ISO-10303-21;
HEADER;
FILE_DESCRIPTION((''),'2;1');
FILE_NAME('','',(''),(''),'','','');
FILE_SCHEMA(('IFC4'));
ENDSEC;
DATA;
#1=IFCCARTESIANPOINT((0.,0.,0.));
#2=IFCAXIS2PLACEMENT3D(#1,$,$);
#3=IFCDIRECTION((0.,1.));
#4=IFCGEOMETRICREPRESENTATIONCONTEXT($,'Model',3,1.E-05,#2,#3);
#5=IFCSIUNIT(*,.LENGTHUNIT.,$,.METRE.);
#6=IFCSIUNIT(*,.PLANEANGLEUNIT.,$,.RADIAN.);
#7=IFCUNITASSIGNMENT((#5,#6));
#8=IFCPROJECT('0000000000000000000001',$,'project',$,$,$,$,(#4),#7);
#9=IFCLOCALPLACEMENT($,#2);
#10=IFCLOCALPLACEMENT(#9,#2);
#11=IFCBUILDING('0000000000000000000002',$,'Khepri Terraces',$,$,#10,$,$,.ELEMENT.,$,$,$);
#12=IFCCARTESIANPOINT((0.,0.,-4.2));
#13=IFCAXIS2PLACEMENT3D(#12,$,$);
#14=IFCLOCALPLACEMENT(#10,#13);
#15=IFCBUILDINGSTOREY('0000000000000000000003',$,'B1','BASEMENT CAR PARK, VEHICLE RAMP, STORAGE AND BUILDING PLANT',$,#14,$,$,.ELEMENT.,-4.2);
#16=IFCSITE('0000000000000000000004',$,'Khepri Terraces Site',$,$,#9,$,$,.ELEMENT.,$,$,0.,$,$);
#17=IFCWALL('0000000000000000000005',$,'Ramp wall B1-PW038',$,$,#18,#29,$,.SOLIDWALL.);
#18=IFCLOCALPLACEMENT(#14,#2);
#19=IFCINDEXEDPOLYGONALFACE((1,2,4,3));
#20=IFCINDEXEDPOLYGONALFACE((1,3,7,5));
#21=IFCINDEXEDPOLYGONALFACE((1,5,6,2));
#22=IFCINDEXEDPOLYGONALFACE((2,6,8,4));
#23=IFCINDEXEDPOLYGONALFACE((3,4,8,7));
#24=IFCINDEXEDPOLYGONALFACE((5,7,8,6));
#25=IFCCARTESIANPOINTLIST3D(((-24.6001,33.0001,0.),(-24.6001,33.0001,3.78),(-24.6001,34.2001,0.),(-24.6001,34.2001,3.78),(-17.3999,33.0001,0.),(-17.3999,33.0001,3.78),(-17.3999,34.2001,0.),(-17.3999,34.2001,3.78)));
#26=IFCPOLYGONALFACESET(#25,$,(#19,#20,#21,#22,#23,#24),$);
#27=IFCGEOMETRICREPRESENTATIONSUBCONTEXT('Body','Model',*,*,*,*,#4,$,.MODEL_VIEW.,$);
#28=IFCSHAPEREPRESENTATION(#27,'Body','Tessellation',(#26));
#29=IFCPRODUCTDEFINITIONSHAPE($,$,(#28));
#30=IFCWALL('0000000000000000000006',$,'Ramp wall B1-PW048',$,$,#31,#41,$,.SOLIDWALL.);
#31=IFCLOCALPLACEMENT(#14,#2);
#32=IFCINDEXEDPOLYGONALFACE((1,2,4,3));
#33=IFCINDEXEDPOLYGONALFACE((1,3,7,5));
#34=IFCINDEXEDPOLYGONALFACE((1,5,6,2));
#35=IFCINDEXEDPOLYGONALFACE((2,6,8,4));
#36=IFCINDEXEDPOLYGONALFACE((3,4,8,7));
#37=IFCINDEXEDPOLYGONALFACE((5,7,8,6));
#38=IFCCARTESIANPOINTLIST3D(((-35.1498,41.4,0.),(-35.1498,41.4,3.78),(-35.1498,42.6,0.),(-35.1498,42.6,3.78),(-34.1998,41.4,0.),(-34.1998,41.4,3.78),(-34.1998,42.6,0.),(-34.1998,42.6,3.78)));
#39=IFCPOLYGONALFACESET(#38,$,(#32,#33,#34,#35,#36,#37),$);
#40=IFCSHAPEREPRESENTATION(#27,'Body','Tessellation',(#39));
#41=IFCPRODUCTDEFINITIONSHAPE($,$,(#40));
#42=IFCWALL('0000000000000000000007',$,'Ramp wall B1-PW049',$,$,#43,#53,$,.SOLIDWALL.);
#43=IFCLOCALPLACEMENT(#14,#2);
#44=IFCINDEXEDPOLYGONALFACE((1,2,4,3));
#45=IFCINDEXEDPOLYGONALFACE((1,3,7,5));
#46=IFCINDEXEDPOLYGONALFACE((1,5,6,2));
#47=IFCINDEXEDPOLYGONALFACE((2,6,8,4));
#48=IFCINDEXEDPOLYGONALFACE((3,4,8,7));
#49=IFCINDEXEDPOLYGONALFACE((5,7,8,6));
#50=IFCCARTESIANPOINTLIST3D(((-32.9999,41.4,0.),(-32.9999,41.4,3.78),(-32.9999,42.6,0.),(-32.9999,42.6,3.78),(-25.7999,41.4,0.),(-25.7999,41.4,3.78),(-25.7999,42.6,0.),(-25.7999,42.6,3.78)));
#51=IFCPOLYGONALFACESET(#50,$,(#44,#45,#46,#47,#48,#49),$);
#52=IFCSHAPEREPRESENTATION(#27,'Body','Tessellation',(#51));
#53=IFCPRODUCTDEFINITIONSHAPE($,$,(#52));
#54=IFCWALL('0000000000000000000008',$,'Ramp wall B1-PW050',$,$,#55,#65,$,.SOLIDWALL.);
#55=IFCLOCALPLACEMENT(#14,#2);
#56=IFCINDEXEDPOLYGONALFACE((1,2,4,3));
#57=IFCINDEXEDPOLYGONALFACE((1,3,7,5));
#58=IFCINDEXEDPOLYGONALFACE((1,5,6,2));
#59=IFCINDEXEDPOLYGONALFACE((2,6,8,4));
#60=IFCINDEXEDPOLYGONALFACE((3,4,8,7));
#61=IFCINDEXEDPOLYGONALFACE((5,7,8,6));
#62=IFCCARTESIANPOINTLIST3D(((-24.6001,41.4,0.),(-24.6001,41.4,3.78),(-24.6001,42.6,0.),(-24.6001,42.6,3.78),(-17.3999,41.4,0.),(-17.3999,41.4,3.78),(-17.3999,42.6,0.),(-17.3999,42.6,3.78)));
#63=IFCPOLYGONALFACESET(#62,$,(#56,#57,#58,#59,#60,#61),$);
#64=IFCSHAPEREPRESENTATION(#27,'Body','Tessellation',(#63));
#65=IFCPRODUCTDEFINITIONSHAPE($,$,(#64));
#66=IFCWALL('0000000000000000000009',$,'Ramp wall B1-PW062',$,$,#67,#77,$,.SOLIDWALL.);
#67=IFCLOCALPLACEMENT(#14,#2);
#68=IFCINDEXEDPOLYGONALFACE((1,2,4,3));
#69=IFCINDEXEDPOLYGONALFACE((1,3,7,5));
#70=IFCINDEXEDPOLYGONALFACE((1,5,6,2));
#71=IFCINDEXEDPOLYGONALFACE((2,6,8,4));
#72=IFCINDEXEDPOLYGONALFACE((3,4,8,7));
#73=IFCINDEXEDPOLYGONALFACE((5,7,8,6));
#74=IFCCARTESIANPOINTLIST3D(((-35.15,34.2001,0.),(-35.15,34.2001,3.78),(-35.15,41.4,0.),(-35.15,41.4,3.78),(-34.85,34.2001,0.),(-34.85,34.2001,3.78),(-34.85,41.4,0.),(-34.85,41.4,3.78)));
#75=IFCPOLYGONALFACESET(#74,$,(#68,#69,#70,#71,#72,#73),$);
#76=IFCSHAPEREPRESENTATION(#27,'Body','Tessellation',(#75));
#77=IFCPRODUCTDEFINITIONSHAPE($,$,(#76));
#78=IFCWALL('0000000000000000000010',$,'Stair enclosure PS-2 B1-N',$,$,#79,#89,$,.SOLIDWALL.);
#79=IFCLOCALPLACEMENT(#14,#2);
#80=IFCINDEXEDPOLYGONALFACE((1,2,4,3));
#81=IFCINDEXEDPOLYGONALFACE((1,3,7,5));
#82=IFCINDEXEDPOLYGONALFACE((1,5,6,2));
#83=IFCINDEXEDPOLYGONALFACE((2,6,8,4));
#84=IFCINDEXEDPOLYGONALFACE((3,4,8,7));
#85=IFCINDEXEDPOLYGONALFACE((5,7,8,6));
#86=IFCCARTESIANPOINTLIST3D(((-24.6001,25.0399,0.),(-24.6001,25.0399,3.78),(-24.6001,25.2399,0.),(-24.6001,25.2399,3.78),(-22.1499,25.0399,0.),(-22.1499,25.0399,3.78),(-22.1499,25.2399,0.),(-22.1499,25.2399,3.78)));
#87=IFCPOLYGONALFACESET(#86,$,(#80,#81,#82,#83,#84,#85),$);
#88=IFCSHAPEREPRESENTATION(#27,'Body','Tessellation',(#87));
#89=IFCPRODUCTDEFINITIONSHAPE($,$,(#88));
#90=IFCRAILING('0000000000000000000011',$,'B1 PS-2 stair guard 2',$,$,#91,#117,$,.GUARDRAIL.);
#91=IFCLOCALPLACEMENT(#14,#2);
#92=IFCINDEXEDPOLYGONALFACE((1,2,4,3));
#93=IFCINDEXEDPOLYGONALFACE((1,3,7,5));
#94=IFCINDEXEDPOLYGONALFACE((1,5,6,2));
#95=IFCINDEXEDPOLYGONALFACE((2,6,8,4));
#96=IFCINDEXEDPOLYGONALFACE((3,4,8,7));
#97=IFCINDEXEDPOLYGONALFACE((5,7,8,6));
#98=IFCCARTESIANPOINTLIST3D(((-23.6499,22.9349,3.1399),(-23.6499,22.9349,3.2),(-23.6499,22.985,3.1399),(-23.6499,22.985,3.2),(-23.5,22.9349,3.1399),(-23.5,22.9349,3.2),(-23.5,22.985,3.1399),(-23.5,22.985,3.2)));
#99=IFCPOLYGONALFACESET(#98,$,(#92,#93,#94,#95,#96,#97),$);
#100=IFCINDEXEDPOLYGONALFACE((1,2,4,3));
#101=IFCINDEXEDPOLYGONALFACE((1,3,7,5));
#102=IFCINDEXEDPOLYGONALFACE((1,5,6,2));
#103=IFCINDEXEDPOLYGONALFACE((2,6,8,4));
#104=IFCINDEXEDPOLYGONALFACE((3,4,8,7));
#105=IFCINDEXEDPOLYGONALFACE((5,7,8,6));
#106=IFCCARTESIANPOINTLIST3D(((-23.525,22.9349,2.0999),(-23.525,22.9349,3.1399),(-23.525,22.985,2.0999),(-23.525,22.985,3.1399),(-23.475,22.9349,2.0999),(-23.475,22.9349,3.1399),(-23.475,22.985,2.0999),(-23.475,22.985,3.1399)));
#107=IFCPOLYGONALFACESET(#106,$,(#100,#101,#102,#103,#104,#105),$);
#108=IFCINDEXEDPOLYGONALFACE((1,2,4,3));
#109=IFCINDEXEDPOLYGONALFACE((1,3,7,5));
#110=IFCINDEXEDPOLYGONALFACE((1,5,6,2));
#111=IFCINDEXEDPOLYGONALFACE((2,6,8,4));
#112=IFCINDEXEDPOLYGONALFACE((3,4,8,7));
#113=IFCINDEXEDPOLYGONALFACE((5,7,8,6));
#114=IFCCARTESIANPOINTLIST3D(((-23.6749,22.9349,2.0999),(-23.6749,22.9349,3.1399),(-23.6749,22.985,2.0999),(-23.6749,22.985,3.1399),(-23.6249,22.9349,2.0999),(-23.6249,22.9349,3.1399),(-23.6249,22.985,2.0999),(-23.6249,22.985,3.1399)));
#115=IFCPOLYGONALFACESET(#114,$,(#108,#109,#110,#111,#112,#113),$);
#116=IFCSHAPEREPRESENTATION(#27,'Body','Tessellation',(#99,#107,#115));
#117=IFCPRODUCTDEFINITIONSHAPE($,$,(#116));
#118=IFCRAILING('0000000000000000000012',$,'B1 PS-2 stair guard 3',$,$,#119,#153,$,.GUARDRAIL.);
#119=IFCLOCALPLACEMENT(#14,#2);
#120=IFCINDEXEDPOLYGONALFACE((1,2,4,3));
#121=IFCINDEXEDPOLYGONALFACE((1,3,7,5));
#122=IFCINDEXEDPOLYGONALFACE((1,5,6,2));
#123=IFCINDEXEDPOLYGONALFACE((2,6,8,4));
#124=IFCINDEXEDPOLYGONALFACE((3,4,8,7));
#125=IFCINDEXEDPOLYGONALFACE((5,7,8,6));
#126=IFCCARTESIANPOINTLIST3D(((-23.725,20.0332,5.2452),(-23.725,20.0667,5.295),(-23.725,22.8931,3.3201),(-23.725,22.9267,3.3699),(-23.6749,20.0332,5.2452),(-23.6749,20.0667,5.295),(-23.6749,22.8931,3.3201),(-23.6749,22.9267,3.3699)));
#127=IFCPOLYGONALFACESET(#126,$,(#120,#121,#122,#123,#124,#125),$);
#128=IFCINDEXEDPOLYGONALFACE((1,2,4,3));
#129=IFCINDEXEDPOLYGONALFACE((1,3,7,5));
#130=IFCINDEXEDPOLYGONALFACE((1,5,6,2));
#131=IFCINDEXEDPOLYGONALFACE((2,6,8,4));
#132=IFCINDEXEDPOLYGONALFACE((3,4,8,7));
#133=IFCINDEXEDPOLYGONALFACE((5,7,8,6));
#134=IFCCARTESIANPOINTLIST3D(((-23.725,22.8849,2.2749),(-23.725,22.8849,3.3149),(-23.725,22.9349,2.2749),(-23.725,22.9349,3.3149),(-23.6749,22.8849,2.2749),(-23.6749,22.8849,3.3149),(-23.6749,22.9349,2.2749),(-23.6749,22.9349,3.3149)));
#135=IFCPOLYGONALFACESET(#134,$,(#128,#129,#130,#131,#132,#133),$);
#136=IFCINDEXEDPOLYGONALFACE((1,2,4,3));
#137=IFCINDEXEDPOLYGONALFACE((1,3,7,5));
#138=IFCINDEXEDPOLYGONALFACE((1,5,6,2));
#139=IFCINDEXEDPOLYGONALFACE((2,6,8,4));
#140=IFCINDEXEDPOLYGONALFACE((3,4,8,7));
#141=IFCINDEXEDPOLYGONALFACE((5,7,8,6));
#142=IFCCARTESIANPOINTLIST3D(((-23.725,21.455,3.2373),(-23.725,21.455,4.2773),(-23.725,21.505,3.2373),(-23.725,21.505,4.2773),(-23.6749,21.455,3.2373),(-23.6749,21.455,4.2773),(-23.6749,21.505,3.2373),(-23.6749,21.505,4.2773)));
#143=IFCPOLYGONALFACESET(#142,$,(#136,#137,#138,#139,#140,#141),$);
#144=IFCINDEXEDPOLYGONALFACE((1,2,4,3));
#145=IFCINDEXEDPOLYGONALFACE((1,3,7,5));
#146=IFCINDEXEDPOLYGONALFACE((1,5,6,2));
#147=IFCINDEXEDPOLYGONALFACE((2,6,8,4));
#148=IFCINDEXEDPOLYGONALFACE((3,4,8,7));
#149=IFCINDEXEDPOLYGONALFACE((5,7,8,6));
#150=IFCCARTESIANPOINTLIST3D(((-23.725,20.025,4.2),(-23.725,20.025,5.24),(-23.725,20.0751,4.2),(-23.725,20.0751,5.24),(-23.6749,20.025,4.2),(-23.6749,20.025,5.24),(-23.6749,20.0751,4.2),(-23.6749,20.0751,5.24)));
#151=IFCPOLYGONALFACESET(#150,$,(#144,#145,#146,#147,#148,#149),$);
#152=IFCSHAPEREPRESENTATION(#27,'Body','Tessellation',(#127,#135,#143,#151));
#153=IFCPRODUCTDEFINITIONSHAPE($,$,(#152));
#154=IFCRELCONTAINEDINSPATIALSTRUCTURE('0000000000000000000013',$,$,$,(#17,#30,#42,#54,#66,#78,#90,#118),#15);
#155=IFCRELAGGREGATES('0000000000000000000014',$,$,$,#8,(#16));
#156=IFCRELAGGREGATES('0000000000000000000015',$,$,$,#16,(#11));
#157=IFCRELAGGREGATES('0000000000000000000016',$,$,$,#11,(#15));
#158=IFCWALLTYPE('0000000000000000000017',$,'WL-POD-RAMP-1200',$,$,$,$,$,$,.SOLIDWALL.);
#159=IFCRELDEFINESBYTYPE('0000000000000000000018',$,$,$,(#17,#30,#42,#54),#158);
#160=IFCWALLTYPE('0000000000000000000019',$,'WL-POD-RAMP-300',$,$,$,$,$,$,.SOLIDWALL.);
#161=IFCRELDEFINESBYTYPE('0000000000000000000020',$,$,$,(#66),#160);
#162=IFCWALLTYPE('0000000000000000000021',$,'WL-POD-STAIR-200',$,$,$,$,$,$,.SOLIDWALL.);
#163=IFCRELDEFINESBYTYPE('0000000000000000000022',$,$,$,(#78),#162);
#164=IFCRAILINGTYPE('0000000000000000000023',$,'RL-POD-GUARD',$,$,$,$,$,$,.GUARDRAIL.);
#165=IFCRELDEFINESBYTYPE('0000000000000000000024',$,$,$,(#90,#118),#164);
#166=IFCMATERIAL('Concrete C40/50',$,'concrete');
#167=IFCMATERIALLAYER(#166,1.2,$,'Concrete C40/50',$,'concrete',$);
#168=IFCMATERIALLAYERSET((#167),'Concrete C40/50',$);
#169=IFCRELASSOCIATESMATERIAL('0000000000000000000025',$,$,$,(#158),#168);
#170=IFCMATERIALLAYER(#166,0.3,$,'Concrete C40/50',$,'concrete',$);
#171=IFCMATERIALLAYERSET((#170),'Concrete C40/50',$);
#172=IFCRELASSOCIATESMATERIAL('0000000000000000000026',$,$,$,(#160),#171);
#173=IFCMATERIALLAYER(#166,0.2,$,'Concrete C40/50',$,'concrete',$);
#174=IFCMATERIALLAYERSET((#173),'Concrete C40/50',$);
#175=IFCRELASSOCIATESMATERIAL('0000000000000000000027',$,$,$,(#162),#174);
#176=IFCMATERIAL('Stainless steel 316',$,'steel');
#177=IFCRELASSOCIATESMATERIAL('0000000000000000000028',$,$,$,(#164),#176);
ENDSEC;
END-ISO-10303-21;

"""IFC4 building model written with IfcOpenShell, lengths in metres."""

from ifc_helpers import new_model, si_unit, direction, frame, frame_2d, origin, origin_2d, place, context, subcontext, project, spatial, rectangle, extrude, material, layer, layer_set, type_object, element, save


model = new_model("IFC4")

# Units and contexts
model_context = context("Model", 3, precision=1e-05, world=origin(), true_north=direction((0.0, 1.0)))
body_context = subcontext(model_context, "Body", "Model", "MODEL_VIEW")
ifc_project = project(units=[si_unit("LENGTHUNIT", "METRE"), si_unit("PLANEANGLEUNIT", "RADIAN")], contexts=[model_context])

# Site, building, storey
site_placement = place(None, origin())
site = spatial("IfcSite", under=ifc_project, at=site_placement, Name="Khepri Terraces Site", CompositionType="ELEMENT", RefElevation=0.0)
building_placement = place(site_placement, origin())
building = spatial("IfcBuilding", under=site, at=building_placement, Name="Khepri Terraces", CompositionType="ELEMENT")
storey_placement = place(building_placement, frame((0.0, 0.0, -4.2)))
storey = spatial("IfcBuildingStorey", under=building, at=storey_placement, Name="B1", Description="BASEMENT CAR PARK, VEHICLE RAMP, STORAGE AND BUILDING PLANT", CompositionType="ELEMENT", Elevation=-4.2)

# Walls
ifc_material_1 = material(Name="Concrete C40/50", Category="concrete")
ifc_layer_1 = layer(ifc_material_1, 1.2, Name="Concrete C40/50", Category="concrete")
ifc_layer_set_1 = layer_set([ifc_layer_1], Name="Concrete C40/50")
wall_type_1 = type_object("IfcWallType", Name="WL-POD-RAMP-1200", PredefinedType="SOLIDWALL", material=ifc_layer_set_1)
wall_1_placement = place(storey_placement, frame((-24.6001, 33.6001, 0.0), z_axis=(0.0, 0.0, 1.0), x_axis=(1.0, 0.0, 0.0)))
element("IfcWall", 1, at=wall_1_placement, inside=storey, type_object=wall_type_1, Name="Ramp wall B1-PW038", PredefinedType="SOLIDWALL", context=body_context, shape_type="SweptSolid", body=[
    extrude(rectangle(XDim=7.2002, YDim=1.2, at=frame_2d((3.6001, 0.0))), origin(), (0.0, 0.0, 1.0), 3.78),
])
wall_2_placement = place(storey_placement, frame((-35.1499, 42.0, 0.0), z_axis=(0.0, 0.0, 1.0), x_axis=(1.0, 0.0, 0.0)))
element("IfcWall", 2, at=wall_2_placement, inside=storey, type_object=wall_type_1, Name="Ramp wall B1-PW048", PredefinedType="SOLIDWALL", context=body_context, shape_type="SweptSolid", body=[
    extrude(rectangle(XDim=0.95, YDim=1.2, at=frame_2d((0.4751, 0.0))), origin(), (0.0, 0.0, 1.0), 3.78),
])
wall_3_placement = place(storey_placement, frame((-33.0, 42.0, 0.0), z_axis=(0.0, 0.0, 1.0), x_axis=(1.0, 0.0, 0.0)))
element("IfcWall", 3, at=wall_3_placement, inside=storey, type_object=wall_type_1, Name="Ramp wall B1-PW049", PredefinedType="SOLIDWALL", context=body_context, shape_type="SweptSolid", body=[
    extrude(rectangle(XDim=7.2, YDim=1.2, at=frame_2d((3.6001, 0.0))), origin(), (0.0, 0.0, 1.0), 3.78),
])
wall_4_placement = place(storey_placement, frame((-24.6001, 42.0, 0.0), z_axis=(0.0, 0.0, 1.0), x_axis=(1.0, 0.0, 0.0)))
element("IfcWall", 4, at=wall_4_placement, inside=storey, type_object=wall_type_1, Name="Ramp wall B1-PW050", PredefinedType="SOLIDWALL", context=body_context, shape_type="SweptSolid", body=[
    extrude(rectangle(XDim=7.2002, YDim=1.2, at=frame_2d((3.6001, 0.0))), origin(), (0.0, 0.0, 1.0), 3.78),
])
ifc_layer_2 = layer(ifc_material_1, 0.3, Name="Concrete C40/50", Category="concrete")
ifc_layer_set_2 = layer_set([ifc_layer_2], Name="Concrete C40/50")
wall_type_2 = type_object("IfcWallType", Name="WL-POD-RAMP-300", PredefinedType="SOLIDWALL", material=ifc_layer_set_2)
wall_5_placement = place(storey_placement, frame((-35.0, 34.2, 0.0), z_axis=(0.0, 0.0, 1.0), x_axis=(0.0, 1.0, 0.0)))
element("IfcWall", 5, at=wall_5_placement, inside=storey, type_object=wall_type_2, Name="Ramp wall B1-PW062", PredefinedType="SOLIDWALL", context=body_context, shape_type="SweptSolid", body=[
    extrude(rectangle(XDim=7.2, YDim=0.3, at=frame_2d((3.6001, 0.0))), origin(), (0.0, 0.0, 1.0), 3.78),
])
ifc_layer_3 = layer(ifc_material_1, 0.2, Name="Concrete C40/50", Category="concrete")
ifc_layer_set_3 = layer_set([ifc_layer_3], Name="Concrete C40/50")
wall_type_3 = type_object("IfcWallType", Name="WL-POD-STAIR-200", PredefinedType="SOLIDWALL", material=ifc_layer_set_3)
wall_6_placement = place(storey_placement, frame((-24.6001, 25.1399, 0.0), z_axis=(0.0, 0.0, 1.0), x_axis=(1.0, 0.0, 0.0)))
element("IfcWall", 6, at=wall_6_placement, inside=storey, type_object=wall_type_3, Name="Stair enclosure PS-2 B1-N", PredefinedType="SOLIDWALL", context=body_context, shape_type="SweptSolid", body=[
    extrude(rectangle(XDim=2.4502, YDim=0.2, at=frame_2d((1.2251, 0.0))), origin(), (0.0, 0.0, 1.0), 3.78),
])

# Railings
ifc_material_2 = material(Name="Stainless steel 316", Category="steel")
railing_type = type_object("IfcRailingType", Name="RL-POD-GUARD", PredefinedType="GUARDRAIL", material=ifc_material_2)
railing_1_placement = place(storey_placement, frame((-23.5, 22.96, 2.0999)))
element("IfcRailing", 7, at=railing_1_placement, inside=storey, type_object=railing_type, Name="B1 PS-2 stair guard 2", PredefinedType="GUARDRAIL", context=body_context, shape_type="SweptSolid", body=[
    extrude(rectangle(XDim=0.05, YDim=0.0601, at=origin_2d()), frame((0.0, 0.0, 1.0701), z_axis=(-1.0, 0.0, 0.0), x_axis=(0.0, -1.0, 0.0)), (0.0, 0.0, 1.0), 0.1499),
    extrude(rectangle(XDim=0.05, YDim=0.05, at=origin_2d()), origin(), (0.0, 0.0, 1.0), 1.04),
    extrude(rectangle(XDim=0.05, YDim=0.05, at=origin_2d()), frame((-0.1499, 0.0, 0.0)), (0.0, 0.0, 1.0), 1.04),
])
railing_2_placement = place(storey_placement, frame((-23.7, 22.9099, 2.2749)))
element("IfcRailing", 8, at=railing_2_placement, inside=storey, type_object=railing_type, Name="B1 PS-2 stair guard 3", PredefinedType="GUARDRAIL", context=body_context, shape_type="SweptSolid", body=[
    extrude(rectangle(XDim=0.05, YDim=0.0601, at=origin_2d()), frame((0.0, 0.0, 1.0701), z_axis=(0.0, -0.829569, 0.558404), x_axis=(1.0, 0.0, 0.0)), (0.0, 0.0, 1.0), 3.4475),
    extrude(rectangle(XDim=0.05, YDim=0.05, at=origin_2d()), origin(), (0.0, 0.0, 1.0), 1.04),
    extrude(rectangle(XDim=0.05, YDim=0.05, at=origin_2d()), frame((0.0, -1.4299, 0.9624)), (0.0, 0.0, 1.0), 1.04),
    extrude(rectangle(XDim=0.05, YDim=0.05, at=origin_2d()), frame((0.0, -2.8599, 1.925)), (0.0, 0.0, 1.0), 1.04),
])

save(model, "model.ifc")
